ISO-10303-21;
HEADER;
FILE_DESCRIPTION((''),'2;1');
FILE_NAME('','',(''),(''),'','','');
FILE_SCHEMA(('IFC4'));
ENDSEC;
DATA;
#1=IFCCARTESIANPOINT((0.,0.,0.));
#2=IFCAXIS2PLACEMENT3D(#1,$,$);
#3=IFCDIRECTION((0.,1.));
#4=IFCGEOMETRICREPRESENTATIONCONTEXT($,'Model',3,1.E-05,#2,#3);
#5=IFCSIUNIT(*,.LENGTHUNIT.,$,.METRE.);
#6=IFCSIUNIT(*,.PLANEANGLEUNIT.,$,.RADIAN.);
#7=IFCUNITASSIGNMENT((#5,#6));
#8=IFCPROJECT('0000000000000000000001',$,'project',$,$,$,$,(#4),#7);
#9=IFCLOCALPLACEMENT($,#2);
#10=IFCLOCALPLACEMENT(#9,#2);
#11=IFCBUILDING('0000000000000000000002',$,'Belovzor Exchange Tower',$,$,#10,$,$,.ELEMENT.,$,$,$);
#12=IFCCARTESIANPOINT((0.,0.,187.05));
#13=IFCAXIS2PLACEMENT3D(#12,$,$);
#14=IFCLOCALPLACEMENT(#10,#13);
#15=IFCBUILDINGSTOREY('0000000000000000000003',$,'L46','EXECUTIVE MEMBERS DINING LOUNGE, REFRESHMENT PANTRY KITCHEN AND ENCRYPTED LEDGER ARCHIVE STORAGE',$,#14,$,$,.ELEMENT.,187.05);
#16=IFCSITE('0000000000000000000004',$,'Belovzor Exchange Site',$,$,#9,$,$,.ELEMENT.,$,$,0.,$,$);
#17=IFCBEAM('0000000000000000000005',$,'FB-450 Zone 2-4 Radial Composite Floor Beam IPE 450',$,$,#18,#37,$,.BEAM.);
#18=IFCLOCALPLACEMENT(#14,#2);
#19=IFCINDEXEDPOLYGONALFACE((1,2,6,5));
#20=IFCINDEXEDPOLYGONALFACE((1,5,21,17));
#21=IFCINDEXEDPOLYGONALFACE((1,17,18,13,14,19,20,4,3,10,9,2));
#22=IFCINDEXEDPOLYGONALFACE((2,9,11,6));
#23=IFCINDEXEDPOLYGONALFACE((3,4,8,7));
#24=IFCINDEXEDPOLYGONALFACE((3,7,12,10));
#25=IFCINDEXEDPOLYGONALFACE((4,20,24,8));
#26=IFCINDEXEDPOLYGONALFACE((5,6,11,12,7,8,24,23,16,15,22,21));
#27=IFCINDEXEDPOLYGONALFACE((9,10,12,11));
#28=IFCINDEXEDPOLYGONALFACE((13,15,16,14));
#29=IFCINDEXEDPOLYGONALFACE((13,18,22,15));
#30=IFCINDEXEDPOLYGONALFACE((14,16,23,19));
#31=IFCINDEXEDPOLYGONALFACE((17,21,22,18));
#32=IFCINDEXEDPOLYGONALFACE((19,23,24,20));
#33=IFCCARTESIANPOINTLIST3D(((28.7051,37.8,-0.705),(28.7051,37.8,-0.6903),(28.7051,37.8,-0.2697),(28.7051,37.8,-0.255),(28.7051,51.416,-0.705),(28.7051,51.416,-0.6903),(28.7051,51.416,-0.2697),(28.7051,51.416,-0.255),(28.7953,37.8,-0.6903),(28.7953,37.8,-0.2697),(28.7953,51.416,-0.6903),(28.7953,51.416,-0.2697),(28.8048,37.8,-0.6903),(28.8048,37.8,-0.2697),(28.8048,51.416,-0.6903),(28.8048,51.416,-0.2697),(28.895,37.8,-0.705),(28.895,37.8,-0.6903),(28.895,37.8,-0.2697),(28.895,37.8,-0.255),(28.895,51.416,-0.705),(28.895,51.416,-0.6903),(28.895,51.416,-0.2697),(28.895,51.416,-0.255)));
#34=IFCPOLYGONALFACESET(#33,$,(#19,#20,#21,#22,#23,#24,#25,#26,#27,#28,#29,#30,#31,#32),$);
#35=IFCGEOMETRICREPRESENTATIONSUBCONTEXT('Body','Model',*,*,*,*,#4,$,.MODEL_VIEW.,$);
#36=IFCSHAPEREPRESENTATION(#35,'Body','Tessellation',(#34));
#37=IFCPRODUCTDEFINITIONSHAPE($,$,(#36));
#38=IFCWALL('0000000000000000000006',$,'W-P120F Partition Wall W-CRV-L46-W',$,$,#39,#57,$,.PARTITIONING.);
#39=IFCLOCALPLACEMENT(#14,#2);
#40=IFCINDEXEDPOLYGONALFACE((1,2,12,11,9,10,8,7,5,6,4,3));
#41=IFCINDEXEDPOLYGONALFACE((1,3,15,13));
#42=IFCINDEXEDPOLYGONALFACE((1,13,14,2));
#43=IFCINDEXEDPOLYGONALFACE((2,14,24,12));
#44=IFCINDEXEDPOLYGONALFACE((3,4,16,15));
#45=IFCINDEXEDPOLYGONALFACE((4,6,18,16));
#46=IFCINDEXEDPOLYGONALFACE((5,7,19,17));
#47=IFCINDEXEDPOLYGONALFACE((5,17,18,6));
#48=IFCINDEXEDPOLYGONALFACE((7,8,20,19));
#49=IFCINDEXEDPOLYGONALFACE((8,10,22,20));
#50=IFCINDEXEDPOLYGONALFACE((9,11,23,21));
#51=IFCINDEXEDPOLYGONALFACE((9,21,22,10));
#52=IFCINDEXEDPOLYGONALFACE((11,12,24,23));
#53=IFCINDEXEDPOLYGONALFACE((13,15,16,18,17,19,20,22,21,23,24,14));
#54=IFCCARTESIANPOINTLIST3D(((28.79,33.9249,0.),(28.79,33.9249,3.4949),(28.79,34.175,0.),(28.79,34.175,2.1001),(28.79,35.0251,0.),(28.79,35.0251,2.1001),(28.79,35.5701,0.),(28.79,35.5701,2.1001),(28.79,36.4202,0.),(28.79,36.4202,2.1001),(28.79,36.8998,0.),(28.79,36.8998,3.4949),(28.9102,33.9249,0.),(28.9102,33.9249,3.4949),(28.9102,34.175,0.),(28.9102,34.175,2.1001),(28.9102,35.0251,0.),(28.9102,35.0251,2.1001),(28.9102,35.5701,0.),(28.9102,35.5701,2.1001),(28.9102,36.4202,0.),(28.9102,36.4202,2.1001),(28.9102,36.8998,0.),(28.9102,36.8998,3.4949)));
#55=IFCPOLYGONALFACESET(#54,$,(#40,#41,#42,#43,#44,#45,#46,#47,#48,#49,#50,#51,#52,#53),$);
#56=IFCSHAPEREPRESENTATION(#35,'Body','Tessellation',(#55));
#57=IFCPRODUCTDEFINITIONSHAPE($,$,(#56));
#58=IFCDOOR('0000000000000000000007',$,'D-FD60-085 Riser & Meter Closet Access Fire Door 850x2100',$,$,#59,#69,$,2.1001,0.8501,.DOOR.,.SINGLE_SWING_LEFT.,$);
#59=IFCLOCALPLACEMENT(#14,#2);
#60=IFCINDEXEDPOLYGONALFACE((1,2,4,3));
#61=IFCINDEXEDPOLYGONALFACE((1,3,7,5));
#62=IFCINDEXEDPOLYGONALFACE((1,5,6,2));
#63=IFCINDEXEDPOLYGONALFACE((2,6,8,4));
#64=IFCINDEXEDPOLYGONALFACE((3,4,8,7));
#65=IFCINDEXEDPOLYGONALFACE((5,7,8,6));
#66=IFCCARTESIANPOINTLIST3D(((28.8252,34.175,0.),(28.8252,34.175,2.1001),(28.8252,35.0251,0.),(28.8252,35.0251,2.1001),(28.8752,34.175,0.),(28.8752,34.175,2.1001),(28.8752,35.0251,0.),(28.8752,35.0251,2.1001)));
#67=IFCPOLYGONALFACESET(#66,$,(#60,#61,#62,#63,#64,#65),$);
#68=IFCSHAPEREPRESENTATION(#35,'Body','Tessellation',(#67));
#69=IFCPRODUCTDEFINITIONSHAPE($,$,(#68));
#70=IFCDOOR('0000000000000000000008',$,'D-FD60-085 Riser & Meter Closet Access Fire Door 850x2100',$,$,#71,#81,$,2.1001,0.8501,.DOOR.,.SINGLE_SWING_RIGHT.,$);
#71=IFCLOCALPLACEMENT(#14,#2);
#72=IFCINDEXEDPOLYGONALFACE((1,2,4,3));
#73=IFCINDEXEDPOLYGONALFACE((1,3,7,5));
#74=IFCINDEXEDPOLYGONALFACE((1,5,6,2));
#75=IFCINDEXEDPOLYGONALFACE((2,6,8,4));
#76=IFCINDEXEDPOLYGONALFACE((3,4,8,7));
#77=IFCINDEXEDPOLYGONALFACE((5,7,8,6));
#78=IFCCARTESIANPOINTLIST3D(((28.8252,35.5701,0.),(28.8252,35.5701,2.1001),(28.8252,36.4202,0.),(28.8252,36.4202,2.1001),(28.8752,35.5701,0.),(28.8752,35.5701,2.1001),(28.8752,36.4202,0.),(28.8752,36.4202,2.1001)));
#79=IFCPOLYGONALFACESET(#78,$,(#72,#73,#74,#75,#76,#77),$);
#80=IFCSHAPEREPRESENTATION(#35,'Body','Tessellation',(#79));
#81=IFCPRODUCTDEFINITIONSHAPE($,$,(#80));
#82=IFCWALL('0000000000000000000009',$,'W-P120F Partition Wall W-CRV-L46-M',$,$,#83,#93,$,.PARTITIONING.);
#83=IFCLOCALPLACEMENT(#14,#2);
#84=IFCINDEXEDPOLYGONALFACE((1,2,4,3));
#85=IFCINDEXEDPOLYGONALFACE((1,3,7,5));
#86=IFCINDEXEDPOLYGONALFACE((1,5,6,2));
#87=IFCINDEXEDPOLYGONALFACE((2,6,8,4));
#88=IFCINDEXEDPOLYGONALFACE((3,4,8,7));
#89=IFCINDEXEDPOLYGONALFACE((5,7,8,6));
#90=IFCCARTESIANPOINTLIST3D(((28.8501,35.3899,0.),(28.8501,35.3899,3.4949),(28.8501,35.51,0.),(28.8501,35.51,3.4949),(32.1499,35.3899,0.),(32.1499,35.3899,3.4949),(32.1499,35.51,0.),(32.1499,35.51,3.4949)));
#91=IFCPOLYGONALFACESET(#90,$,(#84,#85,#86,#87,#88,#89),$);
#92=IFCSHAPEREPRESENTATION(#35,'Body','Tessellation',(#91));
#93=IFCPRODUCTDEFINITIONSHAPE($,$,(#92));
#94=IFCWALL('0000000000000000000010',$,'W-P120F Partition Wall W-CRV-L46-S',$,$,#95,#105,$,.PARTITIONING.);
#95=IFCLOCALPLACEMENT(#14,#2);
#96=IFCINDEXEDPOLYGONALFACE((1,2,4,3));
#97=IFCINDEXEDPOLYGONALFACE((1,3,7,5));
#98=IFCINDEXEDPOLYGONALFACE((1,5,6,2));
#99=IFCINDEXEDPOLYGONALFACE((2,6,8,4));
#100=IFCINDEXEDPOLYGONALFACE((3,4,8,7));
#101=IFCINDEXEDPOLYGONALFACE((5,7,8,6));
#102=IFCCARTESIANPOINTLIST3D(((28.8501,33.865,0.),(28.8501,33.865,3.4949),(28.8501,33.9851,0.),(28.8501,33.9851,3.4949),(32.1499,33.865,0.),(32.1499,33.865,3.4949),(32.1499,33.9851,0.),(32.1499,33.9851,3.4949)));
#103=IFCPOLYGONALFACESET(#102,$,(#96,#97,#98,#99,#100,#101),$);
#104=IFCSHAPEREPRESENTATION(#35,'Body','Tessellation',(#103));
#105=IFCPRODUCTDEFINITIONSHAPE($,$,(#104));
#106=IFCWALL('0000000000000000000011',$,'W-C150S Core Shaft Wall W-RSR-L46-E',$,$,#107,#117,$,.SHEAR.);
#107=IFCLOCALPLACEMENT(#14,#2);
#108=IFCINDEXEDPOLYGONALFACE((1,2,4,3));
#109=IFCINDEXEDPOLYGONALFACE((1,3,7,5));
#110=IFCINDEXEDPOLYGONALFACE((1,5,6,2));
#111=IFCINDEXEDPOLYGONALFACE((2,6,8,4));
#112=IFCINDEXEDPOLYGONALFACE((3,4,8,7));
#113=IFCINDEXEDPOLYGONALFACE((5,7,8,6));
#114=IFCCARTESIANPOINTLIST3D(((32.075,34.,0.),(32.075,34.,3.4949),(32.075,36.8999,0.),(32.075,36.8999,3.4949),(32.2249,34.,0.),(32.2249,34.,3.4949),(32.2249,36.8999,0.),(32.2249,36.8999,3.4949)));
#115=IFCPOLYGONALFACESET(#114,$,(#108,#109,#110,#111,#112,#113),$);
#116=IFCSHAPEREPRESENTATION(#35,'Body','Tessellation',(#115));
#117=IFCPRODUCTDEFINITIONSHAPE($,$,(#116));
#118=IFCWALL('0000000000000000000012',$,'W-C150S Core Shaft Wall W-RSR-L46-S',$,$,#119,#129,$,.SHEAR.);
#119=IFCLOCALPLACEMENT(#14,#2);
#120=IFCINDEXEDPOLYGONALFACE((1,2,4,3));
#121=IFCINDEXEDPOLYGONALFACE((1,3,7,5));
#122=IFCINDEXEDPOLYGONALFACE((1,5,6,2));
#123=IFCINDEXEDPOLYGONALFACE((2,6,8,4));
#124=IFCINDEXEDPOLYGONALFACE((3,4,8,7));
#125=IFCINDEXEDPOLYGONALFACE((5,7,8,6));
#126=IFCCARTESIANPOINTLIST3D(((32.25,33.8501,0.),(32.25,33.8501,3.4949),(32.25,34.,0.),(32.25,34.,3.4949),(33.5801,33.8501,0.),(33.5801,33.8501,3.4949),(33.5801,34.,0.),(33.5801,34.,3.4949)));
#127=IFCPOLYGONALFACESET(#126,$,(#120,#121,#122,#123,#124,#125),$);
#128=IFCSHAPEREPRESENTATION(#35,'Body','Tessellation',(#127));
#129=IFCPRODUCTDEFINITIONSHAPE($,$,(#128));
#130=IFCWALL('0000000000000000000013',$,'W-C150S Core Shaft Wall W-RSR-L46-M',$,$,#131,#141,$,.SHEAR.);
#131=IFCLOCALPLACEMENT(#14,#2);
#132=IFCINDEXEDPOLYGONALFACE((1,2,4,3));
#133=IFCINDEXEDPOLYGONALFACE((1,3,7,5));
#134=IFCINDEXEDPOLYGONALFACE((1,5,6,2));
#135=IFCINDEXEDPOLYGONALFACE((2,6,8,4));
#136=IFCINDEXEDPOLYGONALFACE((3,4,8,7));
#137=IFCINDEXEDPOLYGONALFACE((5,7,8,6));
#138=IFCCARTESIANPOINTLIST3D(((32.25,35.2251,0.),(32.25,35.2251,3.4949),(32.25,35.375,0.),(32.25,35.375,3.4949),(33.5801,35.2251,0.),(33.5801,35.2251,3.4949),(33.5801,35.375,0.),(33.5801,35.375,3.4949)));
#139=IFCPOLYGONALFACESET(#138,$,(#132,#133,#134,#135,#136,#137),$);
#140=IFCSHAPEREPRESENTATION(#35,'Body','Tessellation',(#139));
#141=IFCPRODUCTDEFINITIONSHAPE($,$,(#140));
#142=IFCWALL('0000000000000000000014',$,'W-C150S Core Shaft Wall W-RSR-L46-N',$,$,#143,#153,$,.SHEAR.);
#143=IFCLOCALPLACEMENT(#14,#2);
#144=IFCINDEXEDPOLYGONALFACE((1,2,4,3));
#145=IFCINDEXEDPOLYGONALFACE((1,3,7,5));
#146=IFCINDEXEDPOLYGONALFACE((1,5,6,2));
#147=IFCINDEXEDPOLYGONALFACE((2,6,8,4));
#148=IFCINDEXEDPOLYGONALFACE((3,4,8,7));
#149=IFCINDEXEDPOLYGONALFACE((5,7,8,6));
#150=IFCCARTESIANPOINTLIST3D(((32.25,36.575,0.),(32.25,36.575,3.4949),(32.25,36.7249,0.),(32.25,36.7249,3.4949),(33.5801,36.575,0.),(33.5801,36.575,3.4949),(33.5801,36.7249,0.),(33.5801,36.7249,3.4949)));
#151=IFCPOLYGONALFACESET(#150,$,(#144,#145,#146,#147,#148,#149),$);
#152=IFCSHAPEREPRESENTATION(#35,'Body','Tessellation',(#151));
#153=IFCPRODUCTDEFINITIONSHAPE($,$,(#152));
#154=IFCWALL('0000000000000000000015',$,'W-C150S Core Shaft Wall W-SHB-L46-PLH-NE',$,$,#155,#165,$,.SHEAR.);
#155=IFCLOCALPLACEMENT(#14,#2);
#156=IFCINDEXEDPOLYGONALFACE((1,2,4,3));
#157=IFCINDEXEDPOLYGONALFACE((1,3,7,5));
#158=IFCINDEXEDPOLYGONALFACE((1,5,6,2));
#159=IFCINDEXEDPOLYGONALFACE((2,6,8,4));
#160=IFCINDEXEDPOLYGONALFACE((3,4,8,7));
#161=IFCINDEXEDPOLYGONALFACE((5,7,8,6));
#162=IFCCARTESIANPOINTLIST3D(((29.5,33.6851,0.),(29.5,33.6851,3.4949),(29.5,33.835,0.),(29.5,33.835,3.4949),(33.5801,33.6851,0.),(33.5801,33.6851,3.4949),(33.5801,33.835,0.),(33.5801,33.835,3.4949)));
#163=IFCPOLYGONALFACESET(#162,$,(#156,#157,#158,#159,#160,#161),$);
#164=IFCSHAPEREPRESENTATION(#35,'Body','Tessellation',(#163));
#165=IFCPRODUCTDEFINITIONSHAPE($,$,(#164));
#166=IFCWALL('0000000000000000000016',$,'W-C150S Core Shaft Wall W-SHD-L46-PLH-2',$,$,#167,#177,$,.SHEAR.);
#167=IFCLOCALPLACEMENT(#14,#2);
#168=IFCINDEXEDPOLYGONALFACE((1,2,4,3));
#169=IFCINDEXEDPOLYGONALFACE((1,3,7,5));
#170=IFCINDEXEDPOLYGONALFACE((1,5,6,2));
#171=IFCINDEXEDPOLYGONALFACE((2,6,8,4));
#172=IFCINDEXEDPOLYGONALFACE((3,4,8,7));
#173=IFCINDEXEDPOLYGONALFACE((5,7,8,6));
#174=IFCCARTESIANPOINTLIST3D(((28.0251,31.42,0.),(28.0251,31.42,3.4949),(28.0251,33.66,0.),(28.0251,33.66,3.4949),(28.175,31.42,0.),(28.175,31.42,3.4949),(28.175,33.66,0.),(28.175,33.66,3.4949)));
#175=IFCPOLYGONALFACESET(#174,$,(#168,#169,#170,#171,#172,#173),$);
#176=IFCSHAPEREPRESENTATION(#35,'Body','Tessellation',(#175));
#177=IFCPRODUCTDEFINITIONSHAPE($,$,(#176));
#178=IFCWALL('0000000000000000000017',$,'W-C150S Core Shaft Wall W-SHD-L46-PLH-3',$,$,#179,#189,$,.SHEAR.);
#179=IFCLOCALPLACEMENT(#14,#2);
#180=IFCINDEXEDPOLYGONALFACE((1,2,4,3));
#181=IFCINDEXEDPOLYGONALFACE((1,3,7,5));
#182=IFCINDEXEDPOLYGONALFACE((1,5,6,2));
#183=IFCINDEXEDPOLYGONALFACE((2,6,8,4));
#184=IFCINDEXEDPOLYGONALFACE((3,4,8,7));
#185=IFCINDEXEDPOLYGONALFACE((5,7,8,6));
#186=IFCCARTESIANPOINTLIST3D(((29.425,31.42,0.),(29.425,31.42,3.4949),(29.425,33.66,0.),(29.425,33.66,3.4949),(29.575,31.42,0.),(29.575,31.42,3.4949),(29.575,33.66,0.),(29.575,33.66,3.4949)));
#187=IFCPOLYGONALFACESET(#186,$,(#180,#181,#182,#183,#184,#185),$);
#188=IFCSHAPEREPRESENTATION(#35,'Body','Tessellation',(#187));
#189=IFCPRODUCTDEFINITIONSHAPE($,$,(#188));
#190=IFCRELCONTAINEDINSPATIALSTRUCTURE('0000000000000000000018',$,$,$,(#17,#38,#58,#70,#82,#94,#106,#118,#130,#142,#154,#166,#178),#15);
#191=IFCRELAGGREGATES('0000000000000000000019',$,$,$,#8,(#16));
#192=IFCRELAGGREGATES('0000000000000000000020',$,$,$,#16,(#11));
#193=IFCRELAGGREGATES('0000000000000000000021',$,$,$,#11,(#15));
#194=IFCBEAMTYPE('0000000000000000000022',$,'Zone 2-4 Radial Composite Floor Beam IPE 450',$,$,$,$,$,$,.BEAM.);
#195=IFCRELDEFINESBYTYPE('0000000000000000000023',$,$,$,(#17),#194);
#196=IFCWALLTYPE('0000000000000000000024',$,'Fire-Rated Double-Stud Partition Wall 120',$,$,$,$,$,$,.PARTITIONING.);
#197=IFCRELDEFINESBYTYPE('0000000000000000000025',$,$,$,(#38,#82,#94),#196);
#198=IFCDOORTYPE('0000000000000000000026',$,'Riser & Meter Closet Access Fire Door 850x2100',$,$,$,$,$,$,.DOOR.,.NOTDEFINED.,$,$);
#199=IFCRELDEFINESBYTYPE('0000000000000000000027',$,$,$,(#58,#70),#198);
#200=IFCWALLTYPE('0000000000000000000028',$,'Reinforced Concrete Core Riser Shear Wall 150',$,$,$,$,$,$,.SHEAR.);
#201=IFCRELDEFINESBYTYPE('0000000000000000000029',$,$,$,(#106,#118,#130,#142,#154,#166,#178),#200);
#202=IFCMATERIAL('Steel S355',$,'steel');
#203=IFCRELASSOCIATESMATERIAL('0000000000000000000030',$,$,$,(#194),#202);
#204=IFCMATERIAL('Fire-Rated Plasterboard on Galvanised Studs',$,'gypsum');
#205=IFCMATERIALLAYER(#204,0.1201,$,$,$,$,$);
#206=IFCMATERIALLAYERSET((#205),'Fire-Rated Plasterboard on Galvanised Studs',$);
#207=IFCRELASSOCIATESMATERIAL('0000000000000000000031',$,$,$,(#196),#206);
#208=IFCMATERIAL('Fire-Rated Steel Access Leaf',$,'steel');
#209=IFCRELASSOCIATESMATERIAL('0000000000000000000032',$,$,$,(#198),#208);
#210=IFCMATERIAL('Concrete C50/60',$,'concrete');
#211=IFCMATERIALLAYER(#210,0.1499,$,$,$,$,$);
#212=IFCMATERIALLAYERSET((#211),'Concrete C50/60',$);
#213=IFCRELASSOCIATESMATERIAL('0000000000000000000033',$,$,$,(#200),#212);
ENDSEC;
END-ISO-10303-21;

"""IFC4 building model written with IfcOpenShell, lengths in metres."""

from ifc_helpers import new_model, si_unit, direction, frame, frame_2d, origin, origin_2d, place, context, subcontext, project, spatial, rectangle, i_section, extrude, material, layer, layer_set, material_profile, profile_set, type_object, element, fill, save


model = new_model("IFC4")

# Units and contexts
model_context = context("Model", 3, precision=1e-05, world=origin(), true_north=direction((0.0, 1.0)))
body_context = subcontext(model_context, "Body", "Model", "MODEL_VIEW")
ifc_project = project(units=[si_unit("LENGTHUNIT", "METRE"), si_unit("PLANEANGLEUNIT", "RADIAN")], contexts=[model_context])

# Site, building, storey
site_placement = place(None, origin())
site = spatial("IfcSite", under=ifc_project, at=site_placement, Name="Belovzor Exchange Site", CompositionType="ELEMENT", RefElevation=0.0)
building_placement = place(site_placement, origin())
building = spatial("IfcBuilding", under=site, at=building_placement, Name="Belovzor Exchange Tower", CompositionType="ELEMENT")
storey_placement = place(building_placement, frame((0.0, 0.0, 187.05)))
storey = spatial("IfcBuildingStorey", under=building, at=storey_placement, Name="L46", Description="EXECUTIVE MEMBERS DINING LOUNGE, REFRESHMENT PANTRY KITCHEN AND ENCRYPTED LEDGER ARCHIVE STORAGE", CompositionType="ELEMENT", Elevation=187.05)

# Beam
ifc_material_1 = material(Name="Steel S355", Category="steel")
ifc_material_profile = material_profile(ifc_material_1, i_section(OverallWidth=0.1899, OverallDepth=0.45, WebThickness=0.0095, FlangeThickness=0.0146, at=origin_2d()))
ifc_profile_set = profile_set([ifc_material_profile], Name="Steel S355")
beam_type = type_object("IfcBeamType", Name="Zone 2-4 Radial Composite Floor Beam IPE 450", PredefinedType="BEAM", material=ifc_profile_set)
beam_placement = place(storey_placement, frame((28.8, 37.8, -0.48), z_axis=(0.0, 1.0, 0.0), x_axis=(-1.0, 0.0, 0.0)))
element("IfcBeam", 1, at=beam_placement, inside=storey, type_object=beam_type, Name="FB-450 Zone 2-4 Radial Composite Floor Beam IPE 450", PredefinedType="BEAM", context=body_context, shape_type="SweptSolid", body=[
    extrude(i_section(OverallWidth=0.1899, OverallDepth=0.45, WebThickness=0.0095, FlangeThickness=0.0146, at=origin_2d()), origin(), (0.0, 0.0, 1.0), 13.616),
])

# Wall, openings, doors
ifc_material_2 = material(Name="Fire-Rated Plasterboard on Galvanised Studs", Category="gypsum")
ifc_layer_1 = layer(ifc_material_2, 0.1201)
ifc_layer_set_1 = layer_set([ifc_layer_1], Name="Fire-Rated Plasterboard on Galvanised Studs")
wall_type_1 = type_object("IfcWallType", Name="Fire-Rated Double-Stud Partition Wall 120", PredefinedType="PARTITIONING", material=ifc_layer_set_1)
wall_1_placement = place(storey_placement, frame((28.8501, 33.925, 0.0), z_axis=(0.0, 0.0, 1.0), x_axis=(0.0, 1.0, 0.0)))
wall_1 = element("IfcWall", 2, at=wall_1_placement, inside=storey, type_object=wall_type_1, Name="W-P120F Partition Wall W-CRV-L46-W", PredefinedType="PARTITIONING", context=body_context, shape_type="SweptSolid", body=[
    extrude(rectangle(XDim=2.9749, YDim=0.1201, at=frame_2d((1.4873, 0.0))), origin(), (0.0, 0.0, 1.0), 3.4949),
])
opening_1_placement = place(wall_1_placement, frame((0.25, 0.0, 0.0)))
opening_1 = element("IfcOpeningElement", 3, at=opening_1_placement, cuts=wall_1, PredefinedType="OPENING", context=body_context, shape_type="SweptSolid", body=[
    extrude(rectangle(XDim=0.8501, YDim=2.1001, at=frame_2d((0.425, 1.05))), frame((0.0, 0.0701, 0.0), z_axis=(0.0, -1.0, 0.0), x_axis=(1.0, 0.0, 0.0)), (0.0, 0.0, 1.0), 0.1401),
])
opening_2_placement = place(wall_1_placement, frame((1.645, 0.0, 0.0)))
opening_2 = element("IfcOpeningElement", 4, at=opening_2_placement, cuts=wall_1, PredefinedType="OPENING", context=body_context, shape_type="SweptSolid", body=[
    extrude(rectangle(XDim=0.8501, YDim=2.1001, at=frame_2d((0.425, 1.05))), frame((0.0, 0.0701, 0.0), z_axis=(0.0, -1.0, 0.0), x_axis=(1.0, 0.0, 0.0)), (0.0, 0.0, 1.0), 0.1401),
])
ifc_material_3 = material(Name="Fire-Rated Steel Access Leaf", Category="steel")
door_type = type_object("IfcDoorType", Name="Riser & Meter Closet Access Fire Door 850x2100", OperationType="NOTDEFINED", PredefinedType="DOOR", material=ifc_material_3)
door_1_placement = place(opening_1_placement, origin())
door_1 = element("IfcDoor", 5, at=door_1_placement, inside=storey, type_object=door_type, Name="D-FD60-085 Riser & Meter Closet Access Fire Door 850x2100", OperationType="SINGLE_SWING_LEFT", OverallHeight=2.1001, OverallWidth=0.8501, PredefinedType="DOOR", context=body_context, shape_type="SweptSolid", body=[
    extrude(rectangle(XDim=0.8501, YDim=2.1001, at=frame_2d((0.425, 1.05))), frame((0.0, 0.0249, 0.0), z_axis=(0.0, -1.0, 0.0), x_axis=(1.0, 0.0, 0.0)), (0.0, 0.0, 1.0), 0.05),
])
fill(opening_1, door_1)
door_2_placement = place(opening_2_placement, origin())
door_2 = element("IfcDoor", 6, at=door_2_placement, inside=storey, type_object=door_type, Name="D-FD60-085 Riser & Meter Closet Access Fire Door 850x2100", OperationType="SINGLE_SWING_RIGHT", OverallHeight=2.1001, OverallWidth=0.8501, PredefinedType="DOOR", context=body_context, shape_type="SweptSolid", body=[
    extrude(rectangle(XDim=0.8501, YDim=2.1001, at=frame_2d((0.425, 1.05))), frame((0.0, 0.0249, 0.0), z_axis=(0.0, -1.0, 0.0), x_axis=(1.0, 0.0, 0.0)), (0.0, 0.0, 1.0), 0.05),
])
fill(opening_2, door_2)

# Walls
for number, where, z_axis, x_axis, name in (
    (7, (28.8501, 35.45, 0.0), (0.0, 0.0, 1.0), (1.0, 0.0, 0.0), "W-P120F Partition Wall W-CRV-L46-M"),
    (8, (28.8501, 33.925, 0.0), (0.0, 0.0, 1.0), (1.0, 0.0, 0.0), "W-P120F Partition Wall W-CRV-L46-S"),
):
    element("IfcWall", number, at=place(storey_placement, frame(where, z_axis=z_axis, x_axis=x_axis)), inside=storey, type_object=wall_type_1, Name=name, PredefinedType="PARTITIONING", context=body_context, shape_type="SweptSolid", body=[
        extrude(rectangle(XDim=3.2998, YDim=0.1201, at=frame_2d((1.6499, 0.0))), origin(), (0.0, 0.0, 1.0), 3.4949),
    ])
ifc_material_4 = material(Name="Concrete C50/60", Category="concrete")
ifc_layer_2 = layer(ifc_material_4, 0.1499)
ifc_layer_set_2 = layer_set([ifc_layer_2], Name="Concrete C50/60")
wall_type_2 = type_object("IfcWallType", Name="Reinforced Concrete Core Riser Shear Wall 150", PredefinedType="SHEAR", material=ifc_layer_set_2)
wall_2_placement = place(storey_placement, frame((32.1499, 34.0, 0.0), z_axis=(0.0, 0.0, 1.0), x_axis=(0.0, 1.0, 0.0)))
element("IfcWall", 9, at=wall_2_placement, inside=storey, type_object=wall_type_2, Name="W-C150S Core Shaft Wall W-RSR-L46-E", PredefinedType="SHEAR", context=body_context, shape_type="SweptSolid", body=[
    extrude(rectangle(XDim=2.8999, YDim=0.1499, at=frame_2d((1.45, 0.0))), origin(), (0.0, 0.0, 1.0), 3.4949),
])
for number, where, z_axis, x_axis, name in (
    (10, (32.25, 33.925, 0.0), (0.0, 0.0, 1.0), (1.0, 0.0, 0.0), "W-C150S Core Shaft Wall W-RSR-L46-S"),
    (11, (32.25, 35.3, 0.0), (0.0, 0.0, 1.0), (1.0, 0.0, 0.0), "W-C150S Core Shaft Wall W-RSR-L46-M"),
    (12, (32.25, 36.6499, 0.0), (0.0, 0.0, 1.0), (1.0, 0.0, 0.0), "W-C150S Core Shaft Wall W-RSR-L46-N"),
):
    element("IfcWall", number, at=place(storey_placement, frame(where, z_axis=z_axis, x_axis=x_axis)), inside=storey, type_object=wall_type_2, Name=name, PredefinedType="SHEAR", context=body_context, shape_type="SweptSolid", body=[
        extrude(rectangle(XDim=1.3301, YDim=0.1499, at=frame_2d((0.665, 0.0))), origin(), (0.0, 0.0, 1.0), 3.4949),
    ])
wall_3_placement = place(storey_placement, frame((29.5, 33.76, 0.0), z_axis=(0.0, 0.0, 1.0), x_axis=(1.0, 0.0, 0.0)))
element("IfcWall", 13, at=wall_3_placement, inside=storey, type_object=wall_type_2, Name="W-C150S Core Shaft Wall W-SHB-L46-PLH-NE", PredefinedType="SHEAR", context=body_context, shape_type="SweptSolid", body=[
    extrude(rectangle(XDim=4.0801, YDim=0.1499, at=frame_2d((2.04, 0.0))), origin(), (0.0, 0.0, 1.0), 3.4949),
])
for number, where, z_axis, x_axis, name in (
    (14, (28.1001, 31.4199, 0.0), (0.0, 0.0, 1.0), (0.0, 1.0, 0.0), "W-C150S Core Shaft Wall W-SHD-L46-PLH-2"),
    (15, (29.5, 31.4199, 0.0), (0.0, 0.0, 1.0), (0.0, 1.0, 0.0), "W-C150S Core Shaft Wall W-SHD-L46-PLH-3"),
):
    element("IfcWall", number, at=place(storey_placement, frame(where, z_axis=z_axis, x_axis=x_axis)), inside=storey, type_object=wall_type_2, Name=name, PredefinedType="SHEAR", context=body_context, shape_type="SweptSolid", body=[
        extrude(rectangle(XDim=2.24, YDim=0.1499, at=frame_2d((1.1201, 0.0))), origin(), (0.0, 0.0, 1.0), 3.4949),
    ])

save(model, "model.ifc")
